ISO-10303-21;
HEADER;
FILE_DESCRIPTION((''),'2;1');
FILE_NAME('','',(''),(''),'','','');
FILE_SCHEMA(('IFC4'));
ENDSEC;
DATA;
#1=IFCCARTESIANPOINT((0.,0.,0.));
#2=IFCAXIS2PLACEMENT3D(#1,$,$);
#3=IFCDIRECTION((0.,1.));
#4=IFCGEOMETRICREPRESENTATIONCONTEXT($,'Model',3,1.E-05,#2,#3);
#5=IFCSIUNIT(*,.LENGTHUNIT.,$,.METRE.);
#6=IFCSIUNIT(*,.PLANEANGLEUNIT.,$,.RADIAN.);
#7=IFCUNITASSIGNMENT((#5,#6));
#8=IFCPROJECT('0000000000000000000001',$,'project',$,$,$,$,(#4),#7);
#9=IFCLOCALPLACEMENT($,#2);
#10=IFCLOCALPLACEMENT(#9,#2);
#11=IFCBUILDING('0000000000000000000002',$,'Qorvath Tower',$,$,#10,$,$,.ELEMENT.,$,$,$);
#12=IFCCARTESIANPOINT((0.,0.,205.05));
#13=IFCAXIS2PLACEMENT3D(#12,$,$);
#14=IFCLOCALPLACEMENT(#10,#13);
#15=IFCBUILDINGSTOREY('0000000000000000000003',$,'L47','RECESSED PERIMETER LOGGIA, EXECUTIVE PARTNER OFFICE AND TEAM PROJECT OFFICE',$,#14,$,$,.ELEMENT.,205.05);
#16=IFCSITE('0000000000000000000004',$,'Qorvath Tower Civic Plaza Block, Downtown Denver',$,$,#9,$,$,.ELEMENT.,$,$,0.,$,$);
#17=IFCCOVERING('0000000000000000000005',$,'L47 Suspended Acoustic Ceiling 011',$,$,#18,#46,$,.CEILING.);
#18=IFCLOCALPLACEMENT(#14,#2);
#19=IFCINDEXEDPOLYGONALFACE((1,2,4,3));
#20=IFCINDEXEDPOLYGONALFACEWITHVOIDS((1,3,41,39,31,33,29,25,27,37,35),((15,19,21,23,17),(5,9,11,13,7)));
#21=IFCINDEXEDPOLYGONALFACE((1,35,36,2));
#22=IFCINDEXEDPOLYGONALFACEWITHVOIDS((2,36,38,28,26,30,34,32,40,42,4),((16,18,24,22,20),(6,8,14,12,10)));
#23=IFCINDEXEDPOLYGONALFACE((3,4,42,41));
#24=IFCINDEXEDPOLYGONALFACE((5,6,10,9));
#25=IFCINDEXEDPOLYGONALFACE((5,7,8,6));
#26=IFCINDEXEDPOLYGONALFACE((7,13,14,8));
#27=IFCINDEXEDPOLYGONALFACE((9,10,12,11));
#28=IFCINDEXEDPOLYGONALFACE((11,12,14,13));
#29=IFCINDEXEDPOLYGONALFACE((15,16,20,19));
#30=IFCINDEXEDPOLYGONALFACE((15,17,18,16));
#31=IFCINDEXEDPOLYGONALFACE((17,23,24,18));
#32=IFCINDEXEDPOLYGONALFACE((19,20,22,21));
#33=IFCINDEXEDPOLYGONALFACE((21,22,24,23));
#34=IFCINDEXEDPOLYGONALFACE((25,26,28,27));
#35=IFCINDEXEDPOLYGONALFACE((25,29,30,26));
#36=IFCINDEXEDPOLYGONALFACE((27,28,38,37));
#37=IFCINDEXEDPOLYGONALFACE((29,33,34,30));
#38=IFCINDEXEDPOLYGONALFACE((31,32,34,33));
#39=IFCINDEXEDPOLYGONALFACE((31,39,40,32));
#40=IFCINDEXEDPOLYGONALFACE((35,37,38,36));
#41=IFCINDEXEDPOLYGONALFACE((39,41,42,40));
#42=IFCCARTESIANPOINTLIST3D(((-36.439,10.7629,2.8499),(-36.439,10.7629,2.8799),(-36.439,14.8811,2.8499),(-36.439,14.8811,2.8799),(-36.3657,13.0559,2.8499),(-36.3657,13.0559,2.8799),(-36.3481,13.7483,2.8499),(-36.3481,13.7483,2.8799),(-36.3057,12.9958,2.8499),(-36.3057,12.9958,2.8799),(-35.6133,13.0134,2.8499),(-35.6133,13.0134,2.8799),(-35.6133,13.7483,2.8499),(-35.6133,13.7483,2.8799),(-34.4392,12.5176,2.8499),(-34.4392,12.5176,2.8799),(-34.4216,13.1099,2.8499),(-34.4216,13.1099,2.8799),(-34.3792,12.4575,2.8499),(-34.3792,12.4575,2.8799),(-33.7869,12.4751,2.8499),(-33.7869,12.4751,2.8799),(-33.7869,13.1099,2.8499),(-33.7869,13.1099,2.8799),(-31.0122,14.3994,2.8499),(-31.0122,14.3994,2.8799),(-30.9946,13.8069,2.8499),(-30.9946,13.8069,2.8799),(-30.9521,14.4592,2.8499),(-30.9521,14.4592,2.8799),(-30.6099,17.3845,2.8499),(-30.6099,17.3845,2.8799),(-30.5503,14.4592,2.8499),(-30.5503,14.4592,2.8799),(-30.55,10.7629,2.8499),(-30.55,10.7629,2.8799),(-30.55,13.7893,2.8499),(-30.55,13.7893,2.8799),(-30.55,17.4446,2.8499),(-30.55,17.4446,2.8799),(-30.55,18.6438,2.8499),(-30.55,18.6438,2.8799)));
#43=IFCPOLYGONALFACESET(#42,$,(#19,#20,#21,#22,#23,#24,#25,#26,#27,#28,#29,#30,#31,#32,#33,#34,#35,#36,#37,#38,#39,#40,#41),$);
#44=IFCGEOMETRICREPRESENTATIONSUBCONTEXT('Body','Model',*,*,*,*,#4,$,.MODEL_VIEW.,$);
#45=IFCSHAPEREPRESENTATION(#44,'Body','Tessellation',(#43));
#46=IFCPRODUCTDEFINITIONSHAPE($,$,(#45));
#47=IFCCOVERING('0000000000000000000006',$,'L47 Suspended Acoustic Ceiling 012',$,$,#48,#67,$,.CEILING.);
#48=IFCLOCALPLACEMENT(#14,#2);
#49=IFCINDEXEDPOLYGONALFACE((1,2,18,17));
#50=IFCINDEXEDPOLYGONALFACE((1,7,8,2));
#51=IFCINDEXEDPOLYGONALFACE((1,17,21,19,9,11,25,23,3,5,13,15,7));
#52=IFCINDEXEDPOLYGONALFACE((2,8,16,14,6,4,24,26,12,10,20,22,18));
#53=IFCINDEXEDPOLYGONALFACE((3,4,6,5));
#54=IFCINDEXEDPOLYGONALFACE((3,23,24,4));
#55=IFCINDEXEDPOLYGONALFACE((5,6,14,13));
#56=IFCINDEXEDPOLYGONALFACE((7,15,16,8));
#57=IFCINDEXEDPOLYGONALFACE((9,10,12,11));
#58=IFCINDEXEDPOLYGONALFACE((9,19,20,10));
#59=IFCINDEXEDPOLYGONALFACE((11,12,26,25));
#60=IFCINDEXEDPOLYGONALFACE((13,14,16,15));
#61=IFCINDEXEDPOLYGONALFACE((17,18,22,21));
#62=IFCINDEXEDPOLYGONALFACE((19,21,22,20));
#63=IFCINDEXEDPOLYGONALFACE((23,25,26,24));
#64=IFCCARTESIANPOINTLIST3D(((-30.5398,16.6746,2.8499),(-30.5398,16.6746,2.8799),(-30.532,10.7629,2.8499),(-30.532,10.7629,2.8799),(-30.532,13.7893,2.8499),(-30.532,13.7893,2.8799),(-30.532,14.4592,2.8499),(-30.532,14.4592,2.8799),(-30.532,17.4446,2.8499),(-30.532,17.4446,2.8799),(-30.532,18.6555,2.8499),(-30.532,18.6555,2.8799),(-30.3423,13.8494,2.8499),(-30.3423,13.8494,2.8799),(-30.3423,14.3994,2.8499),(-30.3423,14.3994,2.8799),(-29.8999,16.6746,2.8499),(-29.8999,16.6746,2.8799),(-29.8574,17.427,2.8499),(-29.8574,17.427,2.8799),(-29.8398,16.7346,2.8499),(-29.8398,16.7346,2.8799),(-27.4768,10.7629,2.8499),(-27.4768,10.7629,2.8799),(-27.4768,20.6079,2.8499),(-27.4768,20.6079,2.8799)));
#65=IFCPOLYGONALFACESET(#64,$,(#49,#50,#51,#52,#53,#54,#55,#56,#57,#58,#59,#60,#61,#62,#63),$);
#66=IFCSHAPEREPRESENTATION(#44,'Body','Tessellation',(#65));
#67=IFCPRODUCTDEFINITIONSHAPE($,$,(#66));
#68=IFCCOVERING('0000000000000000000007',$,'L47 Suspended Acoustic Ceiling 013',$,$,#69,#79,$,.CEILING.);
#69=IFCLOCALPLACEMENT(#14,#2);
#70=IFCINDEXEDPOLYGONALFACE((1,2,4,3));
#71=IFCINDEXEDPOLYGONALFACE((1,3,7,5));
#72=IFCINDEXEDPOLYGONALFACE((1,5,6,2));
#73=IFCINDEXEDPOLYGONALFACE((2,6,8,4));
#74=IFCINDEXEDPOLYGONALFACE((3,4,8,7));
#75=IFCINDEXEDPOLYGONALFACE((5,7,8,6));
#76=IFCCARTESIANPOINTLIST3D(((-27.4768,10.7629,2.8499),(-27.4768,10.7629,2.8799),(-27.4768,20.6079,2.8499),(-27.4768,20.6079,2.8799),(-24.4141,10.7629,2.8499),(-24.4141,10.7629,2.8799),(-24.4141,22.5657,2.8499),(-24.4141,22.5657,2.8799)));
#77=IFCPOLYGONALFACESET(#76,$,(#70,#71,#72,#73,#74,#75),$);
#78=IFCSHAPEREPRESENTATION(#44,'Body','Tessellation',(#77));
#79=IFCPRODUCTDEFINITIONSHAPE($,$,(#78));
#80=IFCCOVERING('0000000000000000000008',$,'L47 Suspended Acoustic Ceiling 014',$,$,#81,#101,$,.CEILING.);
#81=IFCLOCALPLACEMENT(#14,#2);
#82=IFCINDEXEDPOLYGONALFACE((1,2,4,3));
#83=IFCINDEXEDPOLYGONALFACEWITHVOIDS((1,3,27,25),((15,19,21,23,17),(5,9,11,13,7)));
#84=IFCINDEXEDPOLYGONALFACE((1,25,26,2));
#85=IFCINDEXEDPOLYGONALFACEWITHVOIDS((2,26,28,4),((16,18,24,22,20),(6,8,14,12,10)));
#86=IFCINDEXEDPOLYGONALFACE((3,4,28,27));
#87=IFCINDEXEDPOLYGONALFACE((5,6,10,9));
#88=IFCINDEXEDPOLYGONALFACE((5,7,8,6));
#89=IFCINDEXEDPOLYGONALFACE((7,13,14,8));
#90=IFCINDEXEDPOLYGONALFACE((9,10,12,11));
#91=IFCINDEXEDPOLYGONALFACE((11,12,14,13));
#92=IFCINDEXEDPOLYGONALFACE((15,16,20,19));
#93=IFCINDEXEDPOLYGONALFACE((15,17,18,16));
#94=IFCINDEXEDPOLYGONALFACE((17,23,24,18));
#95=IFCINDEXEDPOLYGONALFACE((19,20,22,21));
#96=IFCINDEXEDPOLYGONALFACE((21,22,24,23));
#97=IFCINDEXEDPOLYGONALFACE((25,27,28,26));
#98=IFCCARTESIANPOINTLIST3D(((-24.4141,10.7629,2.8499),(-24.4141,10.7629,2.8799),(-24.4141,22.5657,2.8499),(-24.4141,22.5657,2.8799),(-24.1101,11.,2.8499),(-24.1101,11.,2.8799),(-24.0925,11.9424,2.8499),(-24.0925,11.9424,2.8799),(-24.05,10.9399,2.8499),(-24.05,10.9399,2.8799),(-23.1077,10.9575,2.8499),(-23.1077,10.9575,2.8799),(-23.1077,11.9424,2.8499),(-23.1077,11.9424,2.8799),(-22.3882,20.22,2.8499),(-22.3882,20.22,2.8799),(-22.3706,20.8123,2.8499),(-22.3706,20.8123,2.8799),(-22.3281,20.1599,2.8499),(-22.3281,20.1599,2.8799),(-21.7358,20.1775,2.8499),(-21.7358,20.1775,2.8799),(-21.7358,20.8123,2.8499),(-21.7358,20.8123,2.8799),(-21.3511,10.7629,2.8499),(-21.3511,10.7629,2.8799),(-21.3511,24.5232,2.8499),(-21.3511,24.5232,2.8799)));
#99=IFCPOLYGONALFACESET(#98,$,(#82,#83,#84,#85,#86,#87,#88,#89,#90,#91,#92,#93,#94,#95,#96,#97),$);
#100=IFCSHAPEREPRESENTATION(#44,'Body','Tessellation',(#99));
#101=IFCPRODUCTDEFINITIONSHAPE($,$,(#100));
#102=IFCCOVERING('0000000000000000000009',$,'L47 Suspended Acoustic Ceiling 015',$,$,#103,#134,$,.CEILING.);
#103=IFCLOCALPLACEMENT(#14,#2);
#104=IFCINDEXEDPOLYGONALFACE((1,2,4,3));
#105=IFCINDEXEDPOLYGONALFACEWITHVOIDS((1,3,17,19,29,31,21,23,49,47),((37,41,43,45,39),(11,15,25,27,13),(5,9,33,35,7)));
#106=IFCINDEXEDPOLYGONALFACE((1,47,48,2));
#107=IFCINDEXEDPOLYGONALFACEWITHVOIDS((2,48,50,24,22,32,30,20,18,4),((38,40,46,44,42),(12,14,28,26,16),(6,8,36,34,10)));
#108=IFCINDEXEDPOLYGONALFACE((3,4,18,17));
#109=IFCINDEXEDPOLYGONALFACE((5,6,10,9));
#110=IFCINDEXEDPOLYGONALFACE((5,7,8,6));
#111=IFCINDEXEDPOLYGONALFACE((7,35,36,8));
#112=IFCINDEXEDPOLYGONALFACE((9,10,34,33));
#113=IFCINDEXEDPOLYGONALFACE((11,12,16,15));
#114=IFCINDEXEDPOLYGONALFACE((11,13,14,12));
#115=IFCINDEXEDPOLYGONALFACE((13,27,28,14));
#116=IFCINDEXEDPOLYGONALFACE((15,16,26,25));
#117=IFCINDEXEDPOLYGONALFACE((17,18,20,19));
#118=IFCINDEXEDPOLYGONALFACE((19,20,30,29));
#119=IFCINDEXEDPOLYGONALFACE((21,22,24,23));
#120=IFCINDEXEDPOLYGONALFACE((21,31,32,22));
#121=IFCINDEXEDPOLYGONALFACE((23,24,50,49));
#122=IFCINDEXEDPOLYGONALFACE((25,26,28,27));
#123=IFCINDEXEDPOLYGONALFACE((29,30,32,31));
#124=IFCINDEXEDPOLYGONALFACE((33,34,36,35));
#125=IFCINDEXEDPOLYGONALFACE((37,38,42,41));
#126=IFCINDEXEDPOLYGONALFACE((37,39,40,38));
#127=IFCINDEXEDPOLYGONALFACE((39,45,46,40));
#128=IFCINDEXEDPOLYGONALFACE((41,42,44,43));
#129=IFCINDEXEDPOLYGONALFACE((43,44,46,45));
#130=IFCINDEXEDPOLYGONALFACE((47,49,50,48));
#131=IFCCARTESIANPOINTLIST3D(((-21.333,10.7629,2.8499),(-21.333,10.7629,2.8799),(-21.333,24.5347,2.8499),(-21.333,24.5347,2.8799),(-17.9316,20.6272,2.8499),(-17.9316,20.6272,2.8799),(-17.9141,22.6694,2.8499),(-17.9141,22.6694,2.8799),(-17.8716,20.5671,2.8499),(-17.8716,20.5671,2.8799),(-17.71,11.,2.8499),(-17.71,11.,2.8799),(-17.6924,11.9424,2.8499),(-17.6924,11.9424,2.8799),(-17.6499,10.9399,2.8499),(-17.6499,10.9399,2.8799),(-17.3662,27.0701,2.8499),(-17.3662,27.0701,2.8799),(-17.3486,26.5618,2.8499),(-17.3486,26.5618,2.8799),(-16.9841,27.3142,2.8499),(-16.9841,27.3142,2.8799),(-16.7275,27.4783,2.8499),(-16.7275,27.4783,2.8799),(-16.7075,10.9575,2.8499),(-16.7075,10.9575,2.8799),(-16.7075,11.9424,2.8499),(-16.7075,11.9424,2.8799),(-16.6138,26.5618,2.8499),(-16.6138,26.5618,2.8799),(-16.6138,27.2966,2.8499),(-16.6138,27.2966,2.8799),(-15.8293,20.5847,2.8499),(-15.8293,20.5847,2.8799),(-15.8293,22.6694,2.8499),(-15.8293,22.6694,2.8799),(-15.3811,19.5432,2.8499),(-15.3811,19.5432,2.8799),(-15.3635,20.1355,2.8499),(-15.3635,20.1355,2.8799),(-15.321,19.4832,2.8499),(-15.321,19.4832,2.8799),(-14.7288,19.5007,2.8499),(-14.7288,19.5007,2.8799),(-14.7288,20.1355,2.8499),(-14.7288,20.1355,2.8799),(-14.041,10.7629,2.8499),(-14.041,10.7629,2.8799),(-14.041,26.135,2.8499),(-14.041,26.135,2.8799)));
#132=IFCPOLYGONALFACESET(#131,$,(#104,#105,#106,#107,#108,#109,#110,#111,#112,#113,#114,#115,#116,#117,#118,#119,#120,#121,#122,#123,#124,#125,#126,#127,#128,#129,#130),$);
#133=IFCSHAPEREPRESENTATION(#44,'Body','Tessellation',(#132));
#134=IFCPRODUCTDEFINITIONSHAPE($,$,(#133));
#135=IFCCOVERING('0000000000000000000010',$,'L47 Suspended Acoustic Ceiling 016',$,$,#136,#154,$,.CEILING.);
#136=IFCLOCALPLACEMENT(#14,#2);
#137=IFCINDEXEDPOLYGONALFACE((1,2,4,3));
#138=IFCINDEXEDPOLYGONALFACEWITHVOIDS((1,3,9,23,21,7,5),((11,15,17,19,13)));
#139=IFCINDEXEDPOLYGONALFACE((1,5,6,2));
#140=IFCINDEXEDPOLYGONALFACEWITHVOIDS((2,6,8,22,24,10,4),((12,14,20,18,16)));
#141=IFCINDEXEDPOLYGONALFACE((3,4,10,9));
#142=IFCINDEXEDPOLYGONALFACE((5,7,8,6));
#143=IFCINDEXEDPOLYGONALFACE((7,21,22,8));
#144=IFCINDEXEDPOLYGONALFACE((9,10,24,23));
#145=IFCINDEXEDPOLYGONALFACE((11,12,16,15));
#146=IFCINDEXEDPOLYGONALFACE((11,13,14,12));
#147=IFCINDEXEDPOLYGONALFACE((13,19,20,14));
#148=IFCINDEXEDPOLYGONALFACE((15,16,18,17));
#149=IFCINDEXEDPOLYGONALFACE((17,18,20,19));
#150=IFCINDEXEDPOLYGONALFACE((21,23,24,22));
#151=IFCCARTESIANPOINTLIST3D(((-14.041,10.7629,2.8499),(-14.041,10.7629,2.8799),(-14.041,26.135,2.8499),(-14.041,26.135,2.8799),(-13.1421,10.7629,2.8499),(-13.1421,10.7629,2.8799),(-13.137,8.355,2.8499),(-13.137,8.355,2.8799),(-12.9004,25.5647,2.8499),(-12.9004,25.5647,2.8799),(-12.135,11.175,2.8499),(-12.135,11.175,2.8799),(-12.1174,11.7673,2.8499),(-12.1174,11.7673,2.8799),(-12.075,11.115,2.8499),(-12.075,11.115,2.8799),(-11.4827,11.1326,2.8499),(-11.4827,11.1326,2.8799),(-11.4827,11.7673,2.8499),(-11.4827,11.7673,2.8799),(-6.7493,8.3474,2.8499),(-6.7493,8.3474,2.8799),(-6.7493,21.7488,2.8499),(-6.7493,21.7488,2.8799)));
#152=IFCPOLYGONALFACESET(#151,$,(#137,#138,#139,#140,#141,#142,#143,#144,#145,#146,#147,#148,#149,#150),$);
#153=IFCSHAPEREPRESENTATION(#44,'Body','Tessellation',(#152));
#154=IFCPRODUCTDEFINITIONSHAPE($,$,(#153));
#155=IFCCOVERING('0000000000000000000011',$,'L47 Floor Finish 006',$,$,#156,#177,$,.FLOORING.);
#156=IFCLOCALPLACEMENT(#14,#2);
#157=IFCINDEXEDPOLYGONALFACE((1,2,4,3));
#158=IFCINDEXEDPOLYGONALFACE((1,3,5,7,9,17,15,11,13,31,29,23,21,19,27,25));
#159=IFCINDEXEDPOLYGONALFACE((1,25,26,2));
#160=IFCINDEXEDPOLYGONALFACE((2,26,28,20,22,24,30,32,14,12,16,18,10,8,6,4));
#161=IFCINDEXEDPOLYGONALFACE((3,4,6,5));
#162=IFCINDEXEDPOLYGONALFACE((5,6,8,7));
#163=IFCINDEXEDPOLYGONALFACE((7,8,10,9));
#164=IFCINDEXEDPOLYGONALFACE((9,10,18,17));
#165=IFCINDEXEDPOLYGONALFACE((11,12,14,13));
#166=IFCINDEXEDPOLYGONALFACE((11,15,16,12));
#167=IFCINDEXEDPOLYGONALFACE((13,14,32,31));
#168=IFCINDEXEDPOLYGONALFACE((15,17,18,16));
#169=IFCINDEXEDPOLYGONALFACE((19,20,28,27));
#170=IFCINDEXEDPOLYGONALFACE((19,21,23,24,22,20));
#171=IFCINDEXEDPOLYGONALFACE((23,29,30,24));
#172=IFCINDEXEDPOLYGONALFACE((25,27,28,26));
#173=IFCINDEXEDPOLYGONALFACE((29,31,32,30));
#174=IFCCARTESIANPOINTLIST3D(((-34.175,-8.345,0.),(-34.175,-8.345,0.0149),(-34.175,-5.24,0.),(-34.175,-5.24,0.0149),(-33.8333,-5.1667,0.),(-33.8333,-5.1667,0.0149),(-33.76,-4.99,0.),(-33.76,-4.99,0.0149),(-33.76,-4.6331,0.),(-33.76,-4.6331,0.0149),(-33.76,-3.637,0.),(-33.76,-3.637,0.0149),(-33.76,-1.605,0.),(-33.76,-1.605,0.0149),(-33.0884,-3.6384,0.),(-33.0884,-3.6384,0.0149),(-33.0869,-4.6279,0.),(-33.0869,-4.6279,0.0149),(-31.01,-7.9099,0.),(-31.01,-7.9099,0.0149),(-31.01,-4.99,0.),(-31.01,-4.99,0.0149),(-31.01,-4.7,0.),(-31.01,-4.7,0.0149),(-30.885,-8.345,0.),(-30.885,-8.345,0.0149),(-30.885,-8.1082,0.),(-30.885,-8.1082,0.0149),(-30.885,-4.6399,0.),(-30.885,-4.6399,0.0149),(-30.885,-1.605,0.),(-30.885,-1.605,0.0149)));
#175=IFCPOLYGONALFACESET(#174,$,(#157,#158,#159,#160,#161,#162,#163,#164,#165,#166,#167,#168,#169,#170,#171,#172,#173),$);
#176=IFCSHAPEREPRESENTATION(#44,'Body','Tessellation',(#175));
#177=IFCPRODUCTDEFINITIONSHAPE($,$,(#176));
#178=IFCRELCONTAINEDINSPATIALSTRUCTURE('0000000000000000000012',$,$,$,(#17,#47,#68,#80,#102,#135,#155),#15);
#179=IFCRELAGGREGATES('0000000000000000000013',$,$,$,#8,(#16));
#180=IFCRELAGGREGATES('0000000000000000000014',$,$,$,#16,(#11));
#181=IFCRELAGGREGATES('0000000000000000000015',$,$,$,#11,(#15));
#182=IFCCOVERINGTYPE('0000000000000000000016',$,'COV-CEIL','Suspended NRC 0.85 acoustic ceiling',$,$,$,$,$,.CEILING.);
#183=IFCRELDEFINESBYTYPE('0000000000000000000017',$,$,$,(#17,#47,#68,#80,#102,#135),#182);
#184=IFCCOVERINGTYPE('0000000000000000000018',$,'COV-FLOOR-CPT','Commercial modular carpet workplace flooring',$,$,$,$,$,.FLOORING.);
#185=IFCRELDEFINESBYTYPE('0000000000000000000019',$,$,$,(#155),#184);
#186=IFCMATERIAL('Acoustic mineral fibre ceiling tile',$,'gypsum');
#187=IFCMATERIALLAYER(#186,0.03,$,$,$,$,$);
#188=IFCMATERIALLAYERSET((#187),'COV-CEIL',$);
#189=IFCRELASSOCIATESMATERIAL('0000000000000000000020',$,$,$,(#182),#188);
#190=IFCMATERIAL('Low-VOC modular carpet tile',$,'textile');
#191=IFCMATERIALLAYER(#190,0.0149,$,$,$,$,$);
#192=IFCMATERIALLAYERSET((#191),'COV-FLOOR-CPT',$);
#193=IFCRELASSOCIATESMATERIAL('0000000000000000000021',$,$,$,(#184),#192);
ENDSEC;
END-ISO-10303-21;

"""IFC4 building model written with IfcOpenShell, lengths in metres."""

from ifc_helpers import new_model, si_unit, direction, frame, origin, place, context, subcontext, project, spatial, polyline, outline, extrude, material, layer, layer_set, type_object, element, save


model = new_model("IFC4")

# Units and contexts
model_context = context("Model", 3, precision=1e-05, world=origin(), true_north=direction((0.0, 1.0)))
body_context = subcontext(model_context, "Body", "Model", "MODEL_VIEW")
ifc_project = project(units=[si_unit("LENGTHUNIT", "METRE"), si_unit("PLANEANGLEUNIT", "RADIAN")], contexts=[model_context])

# Site, building, storey
site_placement = place(None, origin())
site = spatial("IfcSite", under=ifc_project, at=site_placement, Name="Qorvath Tower Civic Plaza Block, Downtown Denver", CompositionType="ELEMENT", RefElevation=0.0)
building_placement = place(site_placement, origin())
building = spatial("IfcBuilding", under=site, at=building_placement, Name="Qorvath Tower", CompositionType="ELEMENT")
storey_placement = place(building_placement, frame((0.0, 0.0, 205.05)))
storey = spatial("IfcBuildingStorey", under=building, at=storey_placement, Name="L47", Description="RECESSED PERIMETER LOGGIA, EXECUTIVE PARTNER OFFICE AND TEAM PROJECT OFFICE", CompositionType="ELEMENT", Elevation=205.05)

# Coverings
ifc_material_1 = material(Name="Acoustic mineral fibre ceiling tile", Category="gypsum")
ifc_layer_1 = layer(ifc_material_1, 0.03)
ifc_layer_set_1 = layer_set([ifc_layer_1], Name="COV-CEIL")
covering_type_1 = type_object("IfcCoveringType", Name="COV-CEIL", Description="Suspended NRC 0.85 acoustic ceiling", PredefinedType="CEILING", material=ifc_layer_set_1)
covering_1_placement = place(storey_placement, frame((0.0, 0.0, 2.8499)))
element("IfcCovering", 1, at=covering_1_placement, inside=storey, type_object=covering_type_1, Name="L47 Suspended Acoustic Ceiling 011", PredefinedType="CEILING", context=body_context, shape_type="SweptSolid", body=[
    extrude(outline(polyline([(-30.55, 18.6438), (-36.439, 14.8811), (-36.439, 10.7629), (-30.55, 10.7629), (-30.55, 13.7893), (-30.9946, 13.8069), (-31.0122, 14.3994), (-30.9521, 14.4592), (-30.5503, 14.4592), (-30.6099, 17.3845), (-30.55, 17.4446), (-30.55, 18.6438)]), holes=[polyline([(-34.4392, 12.5176), (-34.4216, 13.1099), (-33.7869, 13.1099), (-33.7869, 12.4751), (-34.3792, 12.4575), (-34.4392, 12.5176)]), polyline([(-36.3657, 13.0559), (-36.3481, 13.7483), (-35.6133, 13.7483), (-35.6133, 13.0134), (-36.3057, 12.9958), (-36.3657, 13.0559)])]), origin(), (0.0, 0.0, 1.0), 0.03),
])
covering_2_placement = place(storey_placement, frame((0.0, 0.0, 2.8499)))
element("IfcCovering", 2, at=covering_2_placement, inside=storey, type_object=covering_type_1, Name="L47 Suspended Acoustic Ceiling 012", PredefinedType="CEILING", context=body_context, shape_type="SweptSolid", body=[
    extrude(outline(polyline([(-29.8999, 16.6746), (-30.5398, 16.6746), (-30.532, 14.4592), (-30.3423, 14.3994), (-30.3423, 13.8494), (-30.532, 13.7893), (-30.532, 10.7629), (-27.4768, 10.7629), (-27.4768, 20.6079), (-30.532, 18.6555), (-30.532, 17.4446), (-29.8574, 17.427), (-29.8398, 16.7346), (-29.8999, 16.6746)])), origin(), (0.0, 0.0, 1.0), 0.03),
])
covering_3_placement = place(storey_placement, frame((0.0, 0.0, 2.8499)))
element("IfcCovering", 3, at=covering_3_placement, inside=storey, type_object=covering_type_1, Name="L47 Suspended Acoustic Ceiling 013", PredefinedType="CEILING", context=body_context, shape_type="SweptSolid", body=[
    extrude(outline(polyline([(-27.4768, 20.6079), (-27.4768, 10.7629), (-24.4141, 10.7629), (-24.4141, 22.5657), (-27.4768, 20.6079)])), origin(), (0.0, 0.0, 1.0), 0.03),
])
covering_4_placement = place(storey_placement, frame((0.0, 0.0, 2.8499)))
element("IfcCovering", 4, at=covering_4_placement, inside=storey, type_object=covering_type_1, Name="L47 Suspended Acoustic Ceiling 014", PredefinedType="CEILING", context=body_context, shape_type="SweptSolid", body=[
    extrude(outline(polyline([(-24.4141, 22.5657), (-24.4141, 10.7629), (-21.3511, 10.7629), (-21.3511, 24.5232), (-24.4141, 22.5657)]), holes=[polyline([(-22.3882, 20.22), (-22.3706, 20.8123), (-21.7358, 20.8123), (-21.7358, 20.1775), (-22.3281, 20.1599), (-22.3882, 20.22)]), polyline([(-24.1101, 11.0), (-24.0925, 11.9424), (-23.1077, 11.9424), (-23.1077, 10.9575), (-24.05, 10.9399), (-24.1101, 11.0)])]), origin(), (0.0, 0.0, 1.0), 0.03),
])
covering_5_placement = place(storey_placement, frame((0.0, 0.0, 2.8499)))
element("IfcCovering", 5, at=covering_5_placement, inside=storey, type_object=covering_type_1, Name="L47 Suspended Acoustic Ceiling 015", PredefinedType="CEILING", context=body_context, shape_type="SweptSolid", body=[
    extrude(outline(polyline([(-14.041, 10.7629), (-14.041, 26.135), (-16.7275, 27.4783), (-16.9841, 27.3142), (-16.6138, 27.2966), (-16.6138, 26.5618), (-17.3486, 26.5618), (-17.3662, 27.0701), (-21.333, 24.5347), (-21.333, 10.7629), (-14.041, 10.7629)]), holes=[polyline([(-15.3811, 19.5432), (-15.3635, 20.1355), (-14.7288, 20.1355), (-14.7288, 19.5007), (-15.321, 19.4832), (-15.3811, 19.5432)]), polyline([(-17.9316, 20.6272), (-17.9141, 22.6694), (-15.8293, 22.6694), (-15.8293, 20.5847), (-17.8716, 20.5671), (-17.9316, 20.6272)]), polyline([(-17.71, 11.0), (-17.6924, 11.9424), (-16.7075, 11.9424), (-16.7075, 10.9575), (-17.6499, 10.9399), (-17.71, 11.0)])]), origin(), (0.0, 0.0, 1.0), 0.03),
])
covering_6_placement = place(storey_placement, frame((0.0, 0.0, 2.8499)))
element("IfcCovering", 6, at=covering_6_placement, inside=storey, type_object=covering_type_1, Name="L47 Suspended Acoustic Ceiling 016", PredefinedType="CEILING", context=body_context, shape_type="SweptSolid", body=[
    extrude(outline(polyline([(-6.7493, 8.3474), (-6.7493, 21.7488), (-12.9004, 25.5647), (-14.041, 26.135), (-14.041, 10.7629), (-13.1421, 10.7629), (-13.137, 8.355), (-6.7493, 8.3474)]), holes=[polyline([(-12.135, 11.175), (-12.1174, 11.7673), (-11.4827, 11.7673), (-11.4827, 11.1326), (-12.075, 11.115), (-12.135, 11.175)])]), origin(), (0.0, 0.0, 1.0), 0.03),
])
ifc_material_2 = material(Name="Low-VOC modular carpet tile", Category="textile")
ifc_layer_2 = layer(ifc_material_2, 0.0149)
ifc_layer_set_2 = layer_set([ifc_layer_2], Name="COV-FLOOR-CPT")
covering_type_2 = type_object("IfcCoveringType", Name="COV-FLOOR-CPT", Description="Commercial modular carpet workplace flooring", PredefinedType="FLOORING", material=ifc_layer_set_2)
covering_7_placement = place(storey_placement, origin())
element("IfcCovering", 7, at=covering_7_placement, inside=storey, type_object=covering_type_2, Name="L47 Floor Finish 006", PredefinedType="FLOORING", context=body_context, shape_type="SweptSolid", body=[
    extrude(outline(polyline([(-30.885, -1.605), (-33.76, -1.605), (-33.76, -3.637), (-33.0884, -3.6384), (-33.0869, -4.6279), (-33.76, -4.6331), (-33.76, -4.99), (-33.8333, -5.1667), (-34.175, -5.24), (-34.175, -8.345), (-30.885, -8.345), (-30.885, -8.1082), (-31.01, -7.9099), (-31.01, -4.99), (-31.01, -4.7), (-30.885, -4.6399), (-30.885, -1.605)])), origin(), (0.0, 0.0, 1.0), 0.0149),
])

save(model, "model.ifc")
